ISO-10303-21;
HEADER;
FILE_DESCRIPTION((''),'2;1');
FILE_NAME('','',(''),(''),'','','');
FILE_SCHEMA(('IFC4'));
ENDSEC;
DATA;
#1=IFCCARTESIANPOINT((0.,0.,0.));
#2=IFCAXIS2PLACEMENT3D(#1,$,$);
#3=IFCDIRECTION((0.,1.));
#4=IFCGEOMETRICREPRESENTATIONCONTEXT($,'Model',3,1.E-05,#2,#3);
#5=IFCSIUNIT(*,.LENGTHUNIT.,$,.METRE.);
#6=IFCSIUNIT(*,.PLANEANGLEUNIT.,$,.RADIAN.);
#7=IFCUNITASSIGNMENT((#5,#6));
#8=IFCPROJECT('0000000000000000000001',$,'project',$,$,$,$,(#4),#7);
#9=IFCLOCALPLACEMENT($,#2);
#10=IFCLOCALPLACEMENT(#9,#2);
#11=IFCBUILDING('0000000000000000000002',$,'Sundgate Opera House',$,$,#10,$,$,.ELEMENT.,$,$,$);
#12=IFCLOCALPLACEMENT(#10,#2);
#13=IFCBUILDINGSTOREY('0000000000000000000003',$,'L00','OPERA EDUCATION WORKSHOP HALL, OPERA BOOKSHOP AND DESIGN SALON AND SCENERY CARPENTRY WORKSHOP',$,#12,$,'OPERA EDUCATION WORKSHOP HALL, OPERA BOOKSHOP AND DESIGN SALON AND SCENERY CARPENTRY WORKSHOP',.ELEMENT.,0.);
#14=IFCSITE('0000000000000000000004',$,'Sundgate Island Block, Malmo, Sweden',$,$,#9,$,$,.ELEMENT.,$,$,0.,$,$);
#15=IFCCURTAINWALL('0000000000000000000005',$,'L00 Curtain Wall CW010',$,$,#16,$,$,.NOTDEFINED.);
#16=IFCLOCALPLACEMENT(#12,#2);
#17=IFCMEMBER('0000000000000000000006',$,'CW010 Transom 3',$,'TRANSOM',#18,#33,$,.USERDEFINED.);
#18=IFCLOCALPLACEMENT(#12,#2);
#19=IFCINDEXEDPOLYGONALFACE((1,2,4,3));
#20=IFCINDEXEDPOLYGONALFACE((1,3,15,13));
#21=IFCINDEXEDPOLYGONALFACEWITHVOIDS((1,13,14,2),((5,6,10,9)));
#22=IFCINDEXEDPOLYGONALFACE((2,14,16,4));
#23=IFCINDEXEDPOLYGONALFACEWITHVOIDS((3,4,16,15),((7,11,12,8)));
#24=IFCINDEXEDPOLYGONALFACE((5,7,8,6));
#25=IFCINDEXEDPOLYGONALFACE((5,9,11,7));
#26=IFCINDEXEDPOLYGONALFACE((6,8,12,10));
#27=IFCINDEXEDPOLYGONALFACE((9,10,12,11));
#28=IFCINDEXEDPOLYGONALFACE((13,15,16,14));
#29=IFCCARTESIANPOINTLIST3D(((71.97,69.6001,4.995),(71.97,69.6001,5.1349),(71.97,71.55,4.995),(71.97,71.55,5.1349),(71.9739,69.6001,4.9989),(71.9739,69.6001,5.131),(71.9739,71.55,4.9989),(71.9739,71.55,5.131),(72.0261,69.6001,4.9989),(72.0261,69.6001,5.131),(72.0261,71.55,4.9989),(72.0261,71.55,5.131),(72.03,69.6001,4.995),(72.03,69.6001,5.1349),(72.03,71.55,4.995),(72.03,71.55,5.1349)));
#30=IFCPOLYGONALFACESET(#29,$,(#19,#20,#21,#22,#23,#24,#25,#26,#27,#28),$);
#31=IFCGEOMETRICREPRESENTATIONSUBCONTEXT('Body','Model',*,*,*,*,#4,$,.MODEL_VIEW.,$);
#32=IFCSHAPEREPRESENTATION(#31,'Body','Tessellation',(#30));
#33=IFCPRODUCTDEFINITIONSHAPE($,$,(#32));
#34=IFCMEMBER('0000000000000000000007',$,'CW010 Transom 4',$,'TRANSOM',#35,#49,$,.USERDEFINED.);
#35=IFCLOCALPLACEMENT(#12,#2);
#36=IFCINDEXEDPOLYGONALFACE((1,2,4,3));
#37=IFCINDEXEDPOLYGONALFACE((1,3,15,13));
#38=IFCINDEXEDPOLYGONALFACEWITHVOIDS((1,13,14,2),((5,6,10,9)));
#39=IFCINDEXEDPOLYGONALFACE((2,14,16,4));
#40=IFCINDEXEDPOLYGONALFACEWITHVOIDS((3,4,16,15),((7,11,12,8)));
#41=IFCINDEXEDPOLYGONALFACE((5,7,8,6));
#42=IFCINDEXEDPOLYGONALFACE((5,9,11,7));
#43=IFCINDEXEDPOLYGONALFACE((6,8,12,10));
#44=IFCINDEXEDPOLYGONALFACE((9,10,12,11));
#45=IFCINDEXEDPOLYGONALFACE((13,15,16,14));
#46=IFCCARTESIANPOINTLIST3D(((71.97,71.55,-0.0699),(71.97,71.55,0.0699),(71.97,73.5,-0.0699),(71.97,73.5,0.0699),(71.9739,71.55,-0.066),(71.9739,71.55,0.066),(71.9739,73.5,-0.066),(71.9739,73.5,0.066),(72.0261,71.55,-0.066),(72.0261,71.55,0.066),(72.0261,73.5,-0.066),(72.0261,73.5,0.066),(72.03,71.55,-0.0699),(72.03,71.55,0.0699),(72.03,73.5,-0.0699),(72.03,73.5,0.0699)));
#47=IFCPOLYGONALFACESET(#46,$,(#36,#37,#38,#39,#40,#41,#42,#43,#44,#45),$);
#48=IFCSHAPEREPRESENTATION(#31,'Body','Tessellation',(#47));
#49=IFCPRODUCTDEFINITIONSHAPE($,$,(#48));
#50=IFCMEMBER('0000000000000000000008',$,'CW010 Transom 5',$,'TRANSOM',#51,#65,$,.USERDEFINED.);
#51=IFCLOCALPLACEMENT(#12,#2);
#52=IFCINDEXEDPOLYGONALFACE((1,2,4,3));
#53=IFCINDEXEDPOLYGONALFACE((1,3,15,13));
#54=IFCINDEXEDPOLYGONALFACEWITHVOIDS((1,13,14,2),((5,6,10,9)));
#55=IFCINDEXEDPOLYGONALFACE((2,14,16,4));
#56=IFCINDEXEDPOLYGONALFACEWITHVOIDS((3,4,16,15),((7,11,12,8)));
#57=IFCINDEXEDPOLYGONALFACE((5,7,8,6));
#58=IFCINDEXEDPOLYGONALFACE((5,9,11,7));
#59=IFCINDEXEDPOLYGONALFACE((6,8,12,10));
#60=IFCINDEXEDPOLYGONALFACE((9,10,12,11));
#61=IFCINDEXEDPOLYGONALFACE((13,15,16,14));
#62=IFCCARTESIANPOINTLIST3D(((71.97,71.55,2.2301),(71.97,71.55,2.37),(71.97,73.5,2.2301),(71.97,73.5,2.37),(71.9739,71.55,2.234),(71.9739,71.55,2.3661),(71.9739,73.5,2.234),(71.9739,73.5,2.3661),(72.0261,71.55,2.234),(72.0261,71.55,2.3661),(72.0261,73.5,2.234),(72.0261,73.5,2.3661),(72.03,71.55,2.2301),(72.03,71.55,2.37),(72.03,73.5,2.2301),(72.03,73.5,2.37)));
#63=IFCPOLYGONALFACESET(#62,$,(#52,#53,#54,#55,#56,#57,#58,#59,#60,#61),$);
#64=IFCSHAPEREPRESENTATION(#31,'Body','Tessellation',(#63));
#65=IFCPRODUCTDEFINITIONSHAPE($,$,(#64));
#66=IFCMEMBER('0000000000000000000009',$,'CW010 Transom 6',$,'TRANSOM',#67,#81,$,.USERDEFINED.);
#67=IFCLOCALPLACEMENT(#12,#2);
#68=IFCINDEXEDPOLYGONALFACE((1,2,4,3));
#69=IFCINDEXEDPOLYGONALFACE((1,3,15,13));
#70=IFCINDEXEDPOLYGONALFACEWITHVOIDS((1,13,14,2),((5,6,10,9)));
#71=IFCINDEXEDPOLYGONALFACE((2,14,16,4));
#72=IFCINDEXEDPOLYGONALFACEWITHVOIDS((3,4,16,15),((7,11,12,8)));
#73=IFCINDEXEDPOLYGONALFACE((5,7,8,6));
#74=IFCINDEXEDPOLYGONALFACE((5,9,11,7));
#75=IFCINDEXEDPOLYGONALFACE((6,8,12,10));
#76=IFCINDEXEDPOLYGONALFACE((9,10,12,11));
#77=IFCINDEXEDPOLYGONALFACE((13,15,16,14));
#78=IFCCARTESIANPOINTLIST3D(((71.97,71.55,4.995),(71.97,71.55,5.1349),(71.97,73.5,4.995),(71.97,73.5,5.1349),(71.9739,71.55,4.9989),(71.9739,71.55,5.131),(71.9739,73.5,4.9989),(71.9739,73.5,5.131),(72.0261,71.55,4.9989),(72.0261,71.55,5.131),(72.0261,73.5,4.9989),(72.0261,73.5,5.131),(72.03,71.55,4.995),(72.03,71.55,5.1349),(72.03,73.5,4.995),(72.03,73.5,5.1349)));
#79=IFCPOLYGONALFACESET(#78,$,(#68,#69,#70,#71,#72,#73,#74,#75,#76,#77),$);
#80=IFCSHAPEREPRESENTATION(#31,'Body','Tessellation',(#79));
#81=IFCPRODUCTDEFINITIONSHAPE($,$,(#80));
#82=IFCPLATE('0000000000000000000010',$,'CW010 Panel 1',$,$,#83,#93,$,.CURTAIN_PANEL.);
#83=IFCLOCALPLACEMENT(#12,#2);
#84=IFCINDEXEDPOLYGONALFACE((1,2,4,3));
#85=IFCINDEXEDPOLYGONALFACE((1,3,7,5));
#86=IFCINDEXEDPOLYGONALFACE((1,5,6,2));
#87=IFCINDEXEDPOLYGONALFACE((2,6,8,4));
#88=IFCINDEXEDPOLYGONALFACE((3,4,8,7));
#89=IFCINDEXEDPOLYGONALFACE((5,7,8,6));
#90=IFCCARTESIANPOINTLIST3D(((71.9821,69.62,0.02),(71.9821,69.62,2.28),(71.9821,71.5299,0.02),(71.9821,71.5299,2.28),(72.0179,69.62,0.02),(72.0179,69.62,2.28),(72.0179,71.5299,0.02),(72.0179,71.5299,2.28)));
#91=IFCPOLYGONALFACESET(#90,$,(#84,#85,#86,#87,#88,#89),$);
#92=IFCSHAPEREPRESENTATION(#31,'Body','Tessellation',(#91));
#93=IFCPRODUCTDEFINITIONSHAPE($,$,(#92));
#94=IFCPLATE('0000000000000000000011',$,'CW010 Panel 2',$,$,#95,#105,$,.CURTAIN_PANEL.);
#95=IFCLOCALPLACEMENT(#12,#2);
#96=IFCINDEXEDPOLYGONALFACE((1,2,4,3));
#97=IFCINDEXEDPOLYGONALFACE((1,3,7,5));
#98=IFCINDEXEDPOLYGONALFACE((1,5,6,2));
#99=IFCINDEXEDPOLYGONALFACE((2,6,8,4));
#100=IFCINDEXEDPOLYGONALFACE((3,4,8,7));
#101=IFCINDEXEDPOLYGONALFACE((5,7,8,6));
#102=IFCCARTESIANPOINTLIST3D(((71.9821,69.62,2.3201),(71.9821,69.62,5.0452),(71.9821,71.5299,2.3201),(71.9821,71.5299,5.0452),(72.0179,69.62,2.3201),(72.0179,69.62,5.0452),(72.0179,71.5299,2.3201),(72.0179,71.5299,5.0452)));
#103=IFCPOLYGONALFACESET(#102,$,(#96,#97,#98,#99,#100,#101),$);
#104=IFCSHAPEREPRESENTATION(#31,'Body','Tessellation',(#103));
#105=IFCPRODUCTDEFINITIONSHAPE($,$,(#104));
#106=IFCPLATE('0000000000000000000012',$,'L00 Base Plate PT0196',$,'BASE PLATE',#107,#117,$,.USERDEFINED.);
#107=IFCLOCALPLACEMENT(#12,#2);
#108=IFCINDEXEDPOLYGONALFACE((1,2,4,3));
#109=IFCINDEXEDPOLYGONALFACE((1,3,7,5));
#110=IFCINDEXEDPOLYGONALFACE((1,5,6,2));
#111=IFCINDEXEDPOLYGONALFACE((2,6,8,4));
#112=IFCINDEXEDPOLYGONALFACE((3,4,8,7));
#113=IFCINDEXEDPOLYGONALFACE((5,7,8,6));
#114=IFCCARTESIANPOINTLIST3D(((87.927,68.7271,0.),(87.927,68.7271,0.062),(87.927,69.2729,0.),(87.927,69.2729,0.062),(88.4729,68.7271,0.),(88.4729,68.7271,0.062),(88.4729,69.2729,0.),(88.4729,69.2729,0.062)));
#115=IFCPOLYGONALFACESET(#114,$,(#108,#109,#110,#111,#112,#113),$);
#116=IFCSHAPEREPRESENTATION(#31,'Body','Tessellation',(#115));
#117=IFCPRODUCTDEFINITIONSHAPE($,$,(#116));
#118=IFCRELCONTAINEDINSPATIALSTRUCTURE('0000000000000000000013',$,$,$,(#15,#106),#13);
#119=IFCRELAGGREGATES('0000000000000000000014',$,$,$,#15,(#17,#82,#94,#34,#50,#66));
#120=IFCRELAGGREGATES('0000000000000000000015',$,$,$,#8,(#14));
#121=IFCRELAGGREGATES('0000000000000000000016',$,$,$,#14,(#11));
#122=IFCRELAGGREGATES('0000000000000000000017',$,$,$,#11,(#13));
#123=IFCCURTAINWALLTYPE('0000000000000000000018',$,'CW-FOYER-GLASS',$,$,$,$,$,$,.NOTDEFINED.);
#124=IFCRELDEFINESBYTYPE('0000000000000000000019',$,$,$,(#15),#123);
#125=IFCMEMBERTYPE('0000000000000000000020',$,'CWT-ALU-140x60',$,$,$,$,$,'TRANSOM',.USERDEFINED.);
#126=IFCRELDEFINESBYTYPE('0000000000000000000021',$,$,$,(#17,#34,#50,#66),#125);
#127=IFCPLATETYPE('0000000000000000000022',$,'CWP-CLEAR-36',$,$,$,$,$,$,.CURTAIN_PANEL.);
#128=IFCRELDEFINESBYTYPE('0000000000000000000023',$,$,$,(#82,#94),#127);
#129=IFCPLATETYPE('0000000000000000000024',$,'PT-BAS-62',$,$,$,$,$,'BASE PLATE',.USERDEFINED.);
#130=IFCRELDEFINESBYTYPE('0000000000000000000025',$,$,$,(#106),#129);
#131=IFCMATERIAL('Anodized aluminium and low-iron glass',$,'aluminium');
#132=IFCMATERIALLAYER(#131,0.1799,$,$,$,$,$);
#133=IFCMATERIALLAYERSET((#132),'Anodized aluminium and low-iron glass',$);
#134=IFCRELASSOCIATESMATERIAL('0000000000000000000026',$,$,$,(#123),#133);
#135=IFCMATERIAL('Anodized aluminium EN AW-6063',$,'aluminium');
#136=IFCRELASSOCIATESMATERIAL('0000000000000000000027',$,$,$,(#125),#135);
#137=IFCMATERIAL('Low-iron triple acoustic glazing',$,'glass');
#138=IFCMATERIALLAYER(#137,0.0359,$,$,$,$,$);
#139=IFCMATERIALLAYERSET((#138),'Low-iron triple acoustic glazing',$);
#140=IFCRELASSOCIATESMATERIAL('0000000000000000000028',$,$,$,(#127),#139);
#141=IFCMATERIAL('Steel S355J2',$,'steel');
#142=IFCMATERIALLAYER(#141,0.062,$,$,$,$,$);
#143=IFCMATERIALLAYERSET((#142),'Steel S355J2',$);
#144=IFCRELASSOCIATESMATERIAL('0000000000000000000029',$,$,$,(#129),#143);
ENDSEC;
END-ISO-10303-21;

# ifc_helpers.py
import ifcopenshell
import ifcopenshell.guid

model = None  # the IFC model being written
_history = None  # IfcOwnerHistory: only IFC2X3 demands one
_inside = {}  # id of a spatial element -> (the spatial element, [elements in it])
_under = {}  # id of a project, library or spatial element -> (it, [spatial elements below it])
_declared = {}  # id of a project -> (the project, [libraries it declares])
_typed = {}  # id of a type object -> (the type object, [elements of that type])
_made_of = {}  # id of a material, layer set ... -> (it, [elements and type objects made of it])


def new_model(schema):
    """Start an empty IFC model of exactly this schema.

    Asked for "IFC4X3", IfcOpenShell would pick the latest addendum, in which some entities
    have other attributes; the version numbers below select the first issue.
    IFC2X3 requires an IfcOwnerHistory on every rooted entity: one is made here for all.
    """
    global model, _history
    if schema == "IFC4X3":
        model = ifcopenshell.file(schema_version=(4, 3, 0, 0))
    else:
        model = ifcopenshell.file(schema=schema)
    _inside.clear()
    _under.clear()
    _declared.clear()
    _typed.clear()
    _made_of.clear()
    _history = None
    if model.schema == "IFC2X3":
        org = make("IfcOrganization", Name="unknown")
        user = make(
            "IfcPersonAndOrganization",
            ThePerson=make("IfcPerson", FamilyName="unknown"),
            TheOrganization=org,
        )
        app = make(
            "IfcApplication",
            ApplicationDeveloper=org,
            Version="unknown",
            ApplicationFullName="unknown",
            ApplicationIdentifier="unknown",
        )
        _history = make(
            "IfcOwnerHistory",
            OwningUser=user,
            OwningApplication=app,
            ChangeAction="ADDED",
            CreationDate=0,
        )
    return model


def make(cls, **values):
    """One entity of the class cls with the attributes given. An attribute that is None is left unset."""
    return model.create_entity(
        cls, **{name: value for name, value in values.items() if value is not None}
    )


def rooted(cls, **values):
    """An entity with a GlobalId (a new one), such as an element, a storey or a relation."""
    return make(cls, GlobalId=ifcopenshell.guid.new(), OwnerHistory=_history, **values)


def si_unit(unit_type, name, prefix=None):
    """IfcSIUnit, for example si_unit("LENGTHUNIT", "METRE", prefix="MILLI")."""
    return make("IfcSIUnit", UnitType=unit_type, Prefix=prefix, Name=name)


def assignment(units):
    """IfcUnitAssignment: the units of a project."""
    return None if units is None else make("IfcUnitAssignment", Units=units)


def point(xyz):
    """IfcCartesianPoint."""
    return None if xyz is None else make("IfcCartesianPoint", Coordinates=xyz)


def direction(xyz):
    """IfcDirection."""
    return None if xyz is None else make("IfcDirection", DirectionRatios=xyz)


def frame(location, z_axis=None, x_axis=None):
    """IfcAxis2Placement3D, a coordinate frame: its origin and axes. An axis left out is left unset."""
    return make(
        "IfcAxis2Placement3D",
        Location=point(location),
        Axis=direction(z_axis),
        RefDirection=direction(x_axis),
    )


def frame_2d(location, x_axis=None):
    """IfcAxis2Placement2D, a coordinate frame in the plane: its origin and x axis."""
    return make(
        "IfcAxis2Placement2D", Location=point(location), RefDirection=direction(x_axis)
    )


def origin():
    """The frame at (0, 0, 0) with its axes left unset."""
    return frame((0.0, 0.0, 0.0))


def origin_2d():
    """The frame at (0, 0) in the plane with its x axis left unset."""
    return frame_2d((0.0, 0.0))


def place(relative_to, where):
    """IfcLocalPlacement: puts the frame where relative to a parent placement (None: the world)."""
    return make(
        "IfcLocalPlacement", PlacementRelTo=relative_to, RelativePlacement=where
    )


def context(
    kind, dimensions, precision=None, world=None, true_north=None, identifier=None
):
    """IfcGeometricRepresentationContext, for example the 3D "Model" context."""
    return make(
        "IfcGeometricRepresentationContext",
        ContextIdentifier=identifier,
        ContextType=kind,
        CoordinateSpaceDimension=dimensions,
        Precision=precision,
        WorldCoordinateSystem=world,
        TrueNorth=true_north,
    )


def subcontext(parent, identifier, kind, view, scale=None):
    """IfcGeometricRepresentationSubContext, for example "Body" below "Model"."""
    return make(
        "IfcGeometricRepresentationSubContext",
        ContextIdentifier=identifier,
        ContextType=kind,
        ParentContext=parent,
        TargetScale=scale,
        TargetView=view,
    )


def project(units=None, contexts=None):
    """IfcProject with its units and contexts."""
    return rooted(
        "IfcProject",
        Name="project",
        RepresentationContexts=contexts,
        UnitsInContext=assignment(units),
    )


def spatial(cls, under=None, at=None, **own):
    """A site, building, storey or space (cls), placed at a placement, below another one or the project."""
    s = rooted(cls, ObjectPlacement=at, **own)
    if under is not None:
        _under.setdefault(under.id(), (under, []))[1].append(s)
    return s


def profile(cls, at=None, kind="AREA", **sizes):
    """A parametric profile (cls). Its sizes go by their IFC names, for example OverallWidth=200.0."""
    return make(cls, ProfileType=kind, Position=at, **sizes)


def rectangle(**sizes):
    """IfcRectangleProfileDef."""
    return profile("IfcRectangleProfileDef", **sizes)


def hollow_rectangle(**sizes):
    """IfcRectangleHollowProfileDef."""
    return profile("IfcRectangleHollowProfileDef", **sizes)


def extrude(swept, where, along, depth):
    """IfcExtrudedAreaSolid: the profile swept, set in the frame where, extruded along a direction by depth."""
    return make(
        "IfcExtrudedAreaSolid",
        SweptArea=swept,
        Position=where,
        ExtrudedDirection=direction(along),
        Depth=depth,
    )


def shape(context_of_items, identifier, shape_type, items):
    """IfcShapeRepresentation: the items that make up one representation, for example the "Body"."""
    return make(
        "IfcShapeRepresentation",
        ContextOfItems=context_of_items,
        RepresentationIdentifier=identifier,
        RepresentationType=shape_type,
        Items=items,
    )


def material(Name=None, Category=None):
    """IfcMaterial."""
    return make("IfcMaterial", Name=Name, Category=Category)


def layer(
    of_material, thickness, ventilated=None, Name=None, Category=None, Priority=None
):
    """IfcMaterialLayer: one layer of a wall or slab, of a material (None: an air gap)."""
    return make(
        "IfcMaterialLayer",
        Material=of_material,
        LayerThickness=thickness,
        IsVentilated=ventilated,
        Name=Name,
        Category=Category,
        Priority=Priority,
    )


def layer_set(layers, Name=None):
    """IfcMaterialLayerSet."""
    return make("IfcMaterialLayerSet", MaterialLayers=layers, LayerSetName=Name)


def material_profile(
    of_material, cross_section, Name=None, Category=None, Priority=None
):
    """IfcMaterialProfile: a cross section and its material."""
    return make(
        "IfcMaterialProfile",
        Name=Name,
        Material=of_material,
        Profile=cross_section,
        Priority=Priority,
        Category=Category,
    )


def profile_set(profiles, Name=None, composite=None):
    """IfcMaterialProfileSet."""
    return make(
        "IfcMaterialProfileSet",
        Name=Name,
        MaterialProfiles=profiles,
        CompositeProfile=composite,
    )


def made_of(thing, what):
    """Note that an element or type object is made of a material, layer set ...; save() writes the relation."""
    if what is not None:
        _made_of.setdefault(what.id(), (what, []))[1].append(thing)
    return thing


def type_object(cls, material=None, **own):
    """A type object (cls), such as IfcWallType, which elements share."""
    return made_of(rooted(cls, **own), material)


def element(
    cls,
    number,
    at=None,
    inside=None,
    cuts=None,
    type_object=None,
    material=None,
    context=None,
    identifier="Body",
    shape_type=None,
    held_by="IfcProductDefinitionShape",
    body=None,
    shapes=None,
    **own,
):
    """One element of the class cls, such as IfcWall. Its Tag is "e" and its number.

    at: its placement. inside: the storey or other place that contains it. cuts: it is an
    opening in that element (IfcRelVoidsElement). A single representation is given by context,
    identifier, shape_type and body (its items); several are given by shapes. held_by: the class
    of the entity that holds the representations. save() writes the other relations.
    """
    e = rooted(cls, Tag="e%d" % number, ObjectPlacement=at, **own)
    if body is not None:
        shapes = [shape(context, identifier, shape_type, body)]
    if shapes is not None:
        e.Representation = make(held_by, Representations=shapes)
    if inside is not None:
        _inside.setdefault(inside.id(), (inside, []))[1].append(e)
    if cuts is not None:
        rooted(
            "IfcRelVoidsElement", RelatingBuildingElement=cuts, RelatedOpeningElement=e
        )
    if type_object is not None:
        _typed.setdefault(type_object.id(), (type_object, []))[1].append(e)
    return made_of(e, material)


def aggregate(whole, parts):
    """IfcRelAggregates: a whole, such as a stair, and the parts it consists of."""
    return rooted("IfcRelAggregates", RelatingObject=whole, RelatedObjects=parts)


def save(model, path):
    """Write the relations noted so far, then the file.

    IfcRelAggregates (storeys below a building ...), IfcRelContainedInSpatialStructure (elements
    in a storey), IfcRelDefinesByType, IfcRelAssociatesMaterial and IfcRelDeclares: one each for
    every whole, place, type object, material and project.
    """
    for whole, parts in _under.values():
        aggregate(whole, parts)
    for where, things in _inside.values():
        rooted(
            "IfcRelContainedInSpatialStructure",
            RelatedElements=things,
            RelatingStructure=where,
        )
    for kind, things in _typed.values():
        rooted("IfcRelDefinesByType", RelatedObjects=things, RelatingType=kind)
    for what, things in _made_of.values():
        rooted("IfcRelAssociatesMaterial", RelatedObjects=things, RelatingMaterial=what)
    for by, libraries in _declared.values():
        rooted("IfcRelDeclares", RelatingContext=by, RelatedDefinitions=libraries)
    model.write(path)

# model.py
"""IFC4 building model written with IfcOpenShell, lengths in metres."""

from ifc_helpers import new_model, si_unit, direction, frame, origin, origin_2d, place, context, subcontext, project, spatial, rectangle, hollow_rectangle, extrude, material, layer, layer_set, material_profile, profile_set, type_object, element, aggregate, save


model = new_model("IFC4")

# Units and contexts
model_context = context("Model", 3, precision=1e-05, world=origin(), true_north=direction((0.0, 1.0)))
body_context = subcontext(model_context, "Body", "Model", "MODEL_VIEW")
ifc_project = project(units=[si_unit("LENGTHUNIT", "METRE"), si_unit("PLANEANGLEUNIT", "RADIAN")], contexts=[model_context])

# Site, building, storey
site_placement = place(None, origin())
site = spatial("IfcSite", under=ifc_project, at=site_placement, Name="Sundgate Island Block, Malmo, Sweden", CompositionType="ELEMENT", RefElevation=0.0)
building_placement = place(site_placement, origin())
building = spatial("IfcBuilding", under=site, at=building_placement, Name="Sundgate Opera House", CompositionType="ELEMENT")
storey_placement = place(building_placement, origin())
storey = spatial("IfcBuildingStorey", under=building, at=storey_placement, Name="L00", Description="OPERA EDUCATION WORKSHOP HALL, OPERA BOOKSHOP AND DESIGN SALON AND SCENERY CARPENTRY WORKSHOP", LongName="OPERA EDUCATION WORKSHOP HALL, OPERA BOOKSHOP AND DESIGN SALON AND SCENERY CARPENTRY WORKSHOP", CompositionType="ELEMENT", Elevation=0.0)

# Curtain wall, members, plates
ifc_material_1 = material(Name="Anodized aluminium and low-iron glass", Category="aluminium")
ifc_layer_1 = layer(ifc_material_1, 0.1799)
ifc_layer_set_1 = layer_set([ifc_layer_1], Name="Anodized aluminium and low-iron glass")
curtain_wall_type = type_object("IfcCurtainWallType", Name="CW-FOYER-GLASS", PredefinedType="NOTDEFINED", material=ifc_layer_set_1)
curtain_wall_placement = place(storey_placement, origin())
curtain_wall = element("IfcCurtainWall", 1, at=curtain_wall_placement, inside=storey, type_object=curtain_wall_type, Name="L00 Curtain Wall CW010", PredefinedType="NOTDEFINED")
ifc_material_2 = material(Name="Anodized aluminium EN AW-6063", Category="aluminium")
ifc_material_profile_1 = material_profile(ifc_material_2, hollow_rectangle(XDim=0.0601, YDim=0.1399, WallThickness=0.0039, at=origin_2d()), Name="CWT 140x60x4")
ifc_profile_set_1 = profile_set([ifc_material_profile_1], Name="Anodized aluminium EN AW-6063")
member_type_1 = type_object("IfcMemberType", Name="CWT-ALU-140x60", ElementType="TRANSOM", PredefinedType="USERDEFINED", material=ifc_profile_set_1)
member_1_placement = place(storey_placement, frame((72.0, 69.6001, 5.0649), z_axis=(0.0, 1.0, 0.0), x_axis=(-1.0, 0.0, 0.0)))
member_1 = element("IfcMember", 2, at=member_1_placement, type_object=member_type_1, Name="CW010 Transom 3", ObjectType="TRANSOM", PredefinedType="USERDEFINED", context=body_context, shape_type="SweptSolid", body=[
    extrude(hollow_rectangle(XDim=0.0601, YDim=0.1399, WallThickness=0.0039, at=origin_2d()), origin(), (0.0, 0.0, 1.0), 1.95),
])
member_2_placement = place(storey_placement, frame((72.0, 71.55, 0.0), z_axis=(0.0, 1.0, 0.0), x_axis=(-1.0, 0.0, 0.0)))
member_2 = element("IfcMember", 3, at=member_2_placement, type_object=member_type_1, Name="CW010 Transom 4", ObjectType="TRANSOM", PredefinedType="USERDEFINED", context=body_context, shape_type="SweptSolid", body=[
    extrude(hollow_rectangle(XDim=0.0601, YDim=0.1399, WallThickness=0.0039, at=origin_2d()), origin(), (0.0, 0.0, 1.0), 1.95),
])
member_3_placement = place(storey_placement, frame((72.0, 71.55, 2.3), z_axis=(0.0, 1.0, 0.0), x_axis=(-1.0, 0.0, 0.0)))
member_3 = element("IfcMember", 4, at=member_3_placement, type_object=member_type_1, Name="CW010 Transom 5", ObjectType="TRANSOM", PredefinedType="USERDEFINED", context=body_context, shape_type="SweptSolid", body=[
    extrude(hollow_rectangle(XDim=0.0601, YDim=0.1399, WallThickness=0.0039, at=origin_2d()), origin(), (0.0, 0.0, 1.0), 1.95),
])
member_4_placement = place(storey_placement, frame((72.0, 71.55, 5.0649), z_axis=(0.0, 1.0, 0.0), x_axis=(-1.0, 0.0, 0.0)))
member_4 = element("IfcMember", 5, at=member_4_placement, type_object=member_type_1, Name="CW010 Transom 6", ObjectType="TRANSOM", PredefinedType="USERDEFINED", context=body_context, shape_type="SweptSolid", body=[
    extrude(hollow_rectangle(XDim=0.0601, YDim=0.1399, WallThickness=0.0039, at=origin_2d()), origin(), (0.0, 0.0, 1.0), 1.95),
])
ifc_material_3 = material(Name="Low-iron triple acoustic glazing", Category="glass")
ifc_layer_2 = layer(ifc_material_3, 0.0359)
ifc_layer_set_2 = layer_set([ifc_layer_2], Name="Low-iron triple acoustic glazing")
plate_type_1 = type_object("IfcPlateType", Name="CWP-CLEAR-36", PredefinedType="CURTAIN_PANEL", material=ifc_layer_set_2)
plate_1_placement = place(storey_placement, frame((72.0, 70.575, 0.02), z_axis=(0.0, 0.0, 1.0), x_axis=(0.0, 1.0, 0.0)))
plate_1 = element("IfcPlate", 6, at=plate_1_placement, type_object=plate_type_1, Name="CW010 Panel 1", PredefinedType="CURTAIN_PANEL", context=body_context, shape_type="SweptSolid", body=[
    extrude(rectangle(XDim=1.9099, YDim=0.0359, at=origin_2d()), origin(), (0.0, 0.0, 1.0), 2.26),
])
plate_2_placement = place(storey_placement, frame((72.0, 70.575, 2.3201), z_axis=(0.0, 0.0, 1.0), x_axis=(0.0, 1.0, 0.0)))
plate_2 = element("IfcPlate", 7, at=plate_2_placement, type_object=plate_type_1, Name="CW010 Panel 2", PredefinedType="CURTAIN_PANEL", context=body_context, shape_type="SweptSolid", body=[
    extrude(rectangle(XDim=1.9099, YDim=0.0359, at=origin_2d()), origin(), (0.0, 0.0, 1.0), 2.7251),
])
aggregate(curtain_wall, [member_1, plate_1, plate_2, member_2, member_3, member_4])

# Plate
ifc_material_4 = material(Name="Steel S355J2", Category="steel")
ifc_layer_3 = layer(ifc_material_4, 0.062)
ifc_layer_set_3 = layer_set([ifc_layer_3], Name="Steel S355J2")
plate_type_2 = type_object("IfcPlateType", Name="PT-BAS-62", ElementType="BASE PLATE", PredefinedType="USERDEFINED", material=ifc_layer_set_3)
plate_3_placement = place(storey_placement, frame((88.2, 69.0, 0.0), z_axis=(0.0, 0.0, 1.0), x_axis=(1.0, 0.0, 0.0)))
element("IfcPlate", 8, at=plate_3_placement, inside=storey, type_object=plate_type_2, Name="L00 Base Plate PT0196", ObjectType="BASE PLATE", PredefinedType="USERDEFINED", context=body_context, shape_type="SweptSolid", body=[
    extrude(rectangle(XDim=0.5459, YDim=0.5459, at=origin_2d()), origin(), (0.0, 0.0, 1.0), 0.062),
])

save(model, "model.ifc")
